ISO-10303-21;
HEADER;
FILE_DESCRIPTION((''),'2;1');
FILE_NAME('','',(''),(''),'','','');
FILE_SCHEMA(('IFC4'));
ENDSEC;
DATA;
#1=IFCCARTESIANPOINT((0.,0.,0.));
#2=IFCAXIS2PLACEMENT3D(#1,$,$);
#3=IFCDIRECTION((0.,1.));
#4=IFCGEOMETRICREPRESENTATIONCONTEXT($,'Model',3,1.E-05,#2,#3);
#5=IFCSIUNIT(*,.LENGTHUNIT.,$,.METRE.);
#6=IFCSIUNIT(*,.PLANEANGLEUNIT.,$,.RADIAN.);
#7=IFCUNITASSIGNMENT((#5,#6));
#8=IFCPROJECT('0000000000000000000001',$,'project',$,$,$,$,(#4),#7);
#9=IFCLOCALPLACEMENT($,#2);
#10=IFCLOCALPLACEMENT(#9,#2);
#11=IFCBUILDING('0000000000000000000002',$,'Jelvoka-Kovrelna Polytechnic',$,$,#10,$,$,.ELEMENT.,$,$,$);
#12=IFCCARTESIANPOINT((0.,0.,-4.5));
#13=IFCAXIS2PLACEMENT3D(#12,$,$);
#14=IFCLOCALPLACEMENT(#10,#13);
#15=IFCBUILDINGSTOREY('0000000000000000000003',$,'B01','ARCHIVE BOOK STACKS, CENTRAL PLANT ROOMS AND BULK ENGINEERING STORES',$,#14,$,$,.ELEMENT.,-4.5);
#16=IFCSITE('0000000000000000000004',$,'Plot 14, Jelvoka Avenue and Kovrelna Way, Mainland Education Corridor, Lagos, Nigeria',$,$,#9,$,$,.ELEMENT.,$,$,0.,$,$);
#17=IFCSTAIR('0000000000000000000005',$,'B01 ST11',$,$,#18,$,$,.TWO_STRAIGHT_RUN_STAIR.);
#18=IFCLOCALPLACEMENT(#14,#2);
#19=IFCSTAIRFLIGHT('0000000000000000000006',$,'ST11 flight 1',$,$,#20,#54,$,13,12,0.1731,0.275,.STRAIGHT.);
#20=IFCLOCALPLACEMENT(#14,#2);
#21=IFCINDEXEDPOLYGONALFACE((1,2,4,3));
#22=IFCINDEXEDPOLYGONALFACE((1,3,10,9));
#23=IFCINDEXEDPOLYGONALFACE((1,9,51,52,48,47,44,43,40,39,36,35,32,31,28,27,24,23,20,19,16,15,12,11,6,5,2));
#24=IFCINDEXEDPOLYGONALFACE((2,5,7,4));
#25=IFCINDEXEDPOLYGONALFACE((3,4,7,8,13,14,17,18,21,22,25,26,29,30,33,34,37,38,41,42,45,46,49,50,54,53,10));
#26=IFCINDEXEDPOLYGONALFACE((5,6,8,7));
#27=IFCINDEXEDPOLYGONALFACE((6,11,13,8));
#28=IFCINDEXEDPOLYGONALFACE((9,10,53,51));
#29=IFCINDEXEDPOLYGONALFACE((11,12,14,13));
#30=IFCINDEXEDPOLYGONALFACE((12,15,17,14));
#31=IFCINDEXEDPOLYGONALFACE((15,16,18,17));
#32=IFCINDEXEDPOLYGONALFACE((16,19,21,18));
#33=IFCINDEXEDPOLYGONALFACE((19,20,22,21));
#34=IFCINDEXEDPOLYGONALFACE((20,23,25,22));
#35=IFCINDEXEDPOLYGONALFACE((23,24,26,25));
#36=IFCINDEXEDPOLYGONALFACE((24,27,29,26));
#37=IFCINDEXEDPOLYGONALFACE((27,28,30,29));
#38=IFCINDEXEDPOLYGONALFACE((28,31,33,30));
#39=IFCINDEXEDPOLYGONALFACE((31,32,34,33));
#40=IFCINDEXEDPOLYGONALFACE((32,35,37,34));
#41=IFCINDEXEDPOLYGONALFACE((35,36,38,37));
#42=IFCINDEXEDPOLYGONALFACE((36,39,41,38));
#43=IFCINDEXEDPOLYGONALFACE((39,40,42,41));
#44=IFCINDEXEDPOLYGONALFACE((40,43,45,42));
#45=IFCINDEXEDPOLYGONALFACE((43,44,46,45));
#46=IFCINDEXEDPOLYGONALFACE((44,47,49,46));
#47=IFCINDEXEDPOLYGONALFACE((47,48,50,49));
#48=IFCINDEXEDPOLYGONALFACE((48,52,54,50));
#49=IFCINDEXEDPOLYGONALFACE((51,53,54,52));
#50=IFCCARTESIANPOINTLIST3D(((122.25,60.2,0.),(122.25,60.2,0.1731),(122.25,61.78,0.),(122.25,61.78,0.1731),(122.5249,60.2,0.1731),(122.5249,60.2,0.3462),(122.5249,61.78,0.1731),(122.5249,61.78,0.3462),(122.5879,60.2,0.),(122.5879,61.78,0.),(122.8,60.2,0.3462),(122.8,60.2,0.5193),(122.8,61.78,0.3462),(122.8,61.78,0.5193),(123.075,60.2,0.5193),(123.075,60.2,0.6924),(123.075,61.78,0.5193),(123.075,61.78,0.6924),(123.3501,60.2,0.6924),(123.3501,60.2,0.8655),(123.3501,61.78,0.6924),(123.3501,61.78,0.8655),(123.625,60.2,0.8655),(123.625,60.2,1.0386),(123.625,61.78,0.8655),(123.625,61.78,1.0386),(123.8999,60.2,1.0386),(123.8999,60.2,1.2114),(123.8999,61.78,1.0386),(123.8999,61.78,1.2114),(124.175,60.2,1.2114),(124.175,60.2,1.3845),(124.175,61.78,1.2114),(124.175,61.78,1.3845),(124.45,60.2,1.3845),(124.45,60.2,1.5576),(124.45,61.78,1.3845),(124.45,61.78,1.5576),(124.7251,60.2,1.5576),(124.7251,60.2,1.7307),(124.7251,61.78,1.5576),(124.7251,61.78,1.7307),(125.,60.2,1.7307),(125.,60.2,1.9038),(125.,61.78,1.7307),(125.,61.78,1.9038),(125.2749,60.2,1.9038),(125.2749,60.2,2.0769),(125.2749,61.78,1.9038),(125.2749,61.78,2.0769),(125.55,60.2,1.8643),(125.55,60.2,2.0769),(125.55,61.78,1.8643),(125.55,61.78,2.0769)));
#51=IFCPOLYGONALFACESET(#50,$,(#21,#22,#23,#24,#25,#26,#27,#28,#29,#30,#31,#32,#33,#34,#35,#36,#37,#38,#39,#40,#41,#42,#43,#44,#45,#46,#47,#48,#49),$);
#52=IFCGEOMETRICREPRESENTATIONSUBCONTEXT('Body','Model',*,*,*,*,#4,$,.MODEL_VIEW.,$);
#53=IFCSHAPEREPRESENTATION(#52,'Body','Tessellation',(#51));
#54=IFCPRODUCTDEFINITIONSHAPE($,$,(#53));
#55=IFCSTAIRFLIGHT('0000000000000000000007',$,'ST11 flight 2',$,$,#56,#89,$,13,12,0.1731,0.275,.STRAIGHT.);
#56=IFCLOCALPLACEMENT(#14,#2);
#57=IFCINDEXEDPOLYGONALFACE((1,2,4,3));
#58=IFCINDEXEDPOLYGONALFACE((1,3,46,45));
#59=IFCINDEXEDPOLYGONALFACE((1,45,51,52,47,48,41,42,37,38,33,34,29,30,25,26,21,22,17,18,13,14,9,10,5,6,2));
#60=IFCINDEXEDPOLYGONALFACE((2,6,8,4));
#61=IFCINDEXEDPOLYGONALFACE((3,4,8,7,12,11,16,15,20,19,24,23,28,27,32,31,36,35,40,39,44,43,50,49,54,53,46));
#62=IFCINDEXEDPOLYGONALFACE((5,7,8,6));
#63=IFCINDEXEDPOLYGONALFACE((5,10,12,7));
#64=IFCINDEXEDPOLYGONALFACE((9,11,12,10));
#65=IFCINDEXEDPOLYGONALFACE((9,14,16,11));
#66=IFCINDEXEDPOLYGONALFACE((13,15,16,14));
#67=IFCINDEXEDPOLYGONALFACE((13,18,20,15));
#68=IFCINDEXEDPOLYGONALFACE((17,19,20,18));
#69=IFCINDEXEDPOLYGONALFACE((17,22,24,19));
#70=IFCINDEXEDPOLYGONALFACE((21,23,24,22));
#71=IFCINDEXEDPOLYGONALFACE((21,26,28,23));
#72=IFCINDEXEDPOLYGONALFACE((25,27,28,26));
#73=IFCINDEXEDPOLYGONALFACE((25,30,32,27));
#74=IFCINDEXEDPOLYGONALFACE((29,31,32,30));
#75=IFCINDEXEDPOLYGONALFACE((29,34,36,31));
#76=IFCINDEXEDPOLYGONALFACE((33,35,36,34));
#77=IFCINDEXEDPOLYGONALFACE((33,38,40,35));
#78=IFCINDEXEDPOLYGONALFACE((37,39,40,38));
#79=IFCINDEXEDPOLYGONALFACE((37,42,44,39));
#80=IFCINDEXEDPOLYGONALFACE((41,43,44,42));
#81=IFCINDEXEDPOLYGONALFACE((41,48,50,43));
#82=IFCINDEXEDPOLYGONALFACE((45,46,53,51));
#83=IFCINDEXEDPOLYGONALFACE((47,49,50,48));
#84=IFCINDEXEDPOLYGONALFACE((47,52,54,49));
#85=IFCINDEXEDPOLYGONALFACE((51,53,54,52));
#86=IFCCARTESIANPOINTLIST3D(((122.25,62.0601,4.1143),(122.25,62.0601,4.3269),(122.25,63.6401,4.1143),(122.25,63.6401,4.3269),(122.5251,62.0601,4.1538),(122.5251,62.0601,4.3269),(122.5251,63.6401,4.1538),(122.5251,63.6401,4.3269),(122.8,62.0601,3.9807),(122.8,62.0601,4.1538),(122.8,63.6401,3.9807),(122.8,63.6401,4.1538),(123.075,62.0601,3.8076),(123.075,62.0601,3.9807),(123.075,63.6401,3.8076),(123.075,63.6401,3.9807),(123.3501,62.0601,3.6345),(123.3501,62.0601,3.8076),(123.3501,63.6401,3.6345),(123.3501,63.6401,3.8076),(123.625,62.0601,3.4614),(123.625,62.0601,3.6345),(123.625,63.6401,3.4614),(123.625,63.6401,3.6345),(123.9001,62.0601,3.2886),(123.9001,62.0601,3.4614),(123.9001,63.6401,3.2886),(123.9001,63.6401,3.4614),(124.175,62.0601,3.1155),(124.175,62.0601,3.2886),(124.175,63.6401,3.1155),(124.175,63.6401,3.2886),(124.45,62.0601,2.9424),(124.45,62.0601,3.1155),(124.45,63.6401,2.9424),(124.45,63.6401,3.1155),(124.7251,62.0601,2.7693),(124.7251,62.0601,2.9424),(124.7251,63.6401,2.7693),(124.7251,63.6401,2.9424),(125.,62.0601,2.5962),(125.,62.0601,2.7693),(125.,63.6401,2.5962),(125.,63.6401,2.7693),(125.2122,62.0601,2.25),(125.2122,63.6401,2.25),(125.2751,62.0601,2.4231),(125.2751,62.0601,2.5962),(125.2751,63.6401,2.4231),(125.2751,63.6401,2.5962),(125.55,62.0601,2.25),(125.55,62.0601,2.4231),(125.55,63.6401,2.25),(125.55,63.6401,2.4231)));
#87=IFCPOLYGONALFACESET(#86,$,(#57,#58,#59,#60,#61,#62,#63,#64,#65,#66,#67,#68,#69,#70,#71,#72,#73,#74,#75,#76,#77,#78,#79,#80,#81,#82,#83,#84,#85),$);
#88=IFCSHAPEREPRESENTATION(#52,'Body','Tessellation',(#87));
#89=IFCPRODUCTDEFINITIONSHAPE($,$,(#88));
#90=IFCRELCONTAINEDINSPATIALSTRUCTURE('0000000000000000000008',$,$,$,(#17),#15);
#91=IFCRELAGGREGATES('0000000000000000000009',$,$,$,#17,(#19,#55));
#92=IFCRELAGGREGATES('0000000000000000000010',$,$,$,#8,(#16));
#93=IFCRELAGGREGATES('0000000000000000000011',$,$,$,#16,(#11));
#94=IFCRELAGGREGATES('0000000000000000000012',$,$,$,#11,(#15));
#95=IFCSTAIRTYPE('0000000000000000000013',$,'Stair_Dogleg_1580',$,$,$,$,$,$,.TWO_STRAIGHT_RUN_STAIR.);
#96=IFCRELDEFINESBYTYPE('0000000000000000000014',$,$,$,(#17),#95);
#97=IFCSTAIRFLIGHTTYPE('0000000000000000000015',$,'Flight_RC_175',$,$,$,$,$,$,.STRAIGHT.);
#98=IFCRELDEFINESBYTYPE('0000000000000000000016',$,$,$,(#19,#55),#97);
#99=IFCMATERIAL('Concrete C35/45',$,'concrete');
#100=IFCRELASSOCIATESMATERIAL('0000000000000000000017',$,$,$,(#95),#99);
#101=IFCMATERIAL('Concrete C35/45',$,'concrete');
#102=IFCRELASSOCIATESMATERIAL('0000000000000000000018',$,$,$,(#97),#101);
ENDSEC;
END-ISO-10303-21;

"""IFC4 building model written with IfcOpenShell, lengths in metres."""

from ifc_helpers import new_model, si_unit, direction, frame, origin, place, context, subcontext, project, spatial, polyline, outline, extrude, material, type_object, element, aggregate, save


model = new_model("IFC4")

# Units and contexts
model_context = context("Model", 3, precision=1e-05, world=origin(), true_north=direction((0.0, 1.0)))
body_context = subcontext(model_context, "Body", "Model", "MODEL_VIEW")
ifc_project = project(units=[si_unit("LENGTHUNIT", "METRE"), si_unit("PLANEANGLEUNIT", "RADIAN")], contexts=[model_context])

# Site, building, storey
site_placement = place(None, origin())
site = spatial("IfcSite", under=ifc_project, at=site_placement, Name="Plot 14, Jelvoka Avenue and Kovrelna Way, Mainland Education Corridor, Lagos, Nigeria", CompositionType="ELEMENT", RefElevation=0.0)
building_placement = place(site_placement, origin())
building = spatial("IfcBuilding", under=site, at=building_placement, Name="Jelvoka-Kovrelna Polytechnic", CompositionType="ELEMENT")
storey_placement = place(building_placement, frame((0.0, 0.0, -4.5)))
storey = spatial("IfcBuildingStorey", under=building, at=storey_placement, Name="B01", Description="ARCHIVE BOOK STACKS, CENTRAL PLANT ROOMS AND BULK ENGINEERING STORES", CompositionType="ELEMENT", Elevation=-4.5)

# Stair, stair flights
ifc_material_1 = material(Name="Concrete C35/45", Category="concrete")
stair_type = type_object("IfcStairType", Name="Stair_Dogleg_1580", PredefinedType="TWO_STRAIGHT_RUN_STAIR", material=ifc_material_1)
stair_placement = place(storey_placement, origin())
stair = element("IfcStair", 1, at=stair_placement, inside=storey, type_object=stair_type, Name="B01 ST11", PredefinedType="TWO_STRAIGHT_RUN_STAIR")
ifc_material_2 = material(Name="Concrete C35/45", Category="concrete")
stair_flight_type = type_object("IfcStairFlightType", Name="Flight_RC_175", PredefinedType="STRAIGHT", material=ifc_material_2)
stair_flight_1_placement = place(storey_placement, frame((122.25, 60.99, 0.0), z_axis=(0.0, 0.0, 1.0), x_axis=(1.0, 0.0, 0.0)))
stair_flight_1 = element("IfcStairFlight", 2, at=stair_flight_1_placement, type_object=stair_flight_type, Name="ST11 flight 1", NumberOfRisers=13, NumberOfTreads=12, PredefinedType="STRAIGHT", RiserHeight=0.1731, TreadLength=0.275, context=body_context, shape_type="SweptSolid", body=[
    extrude(outline(polyline([(0.0, 0.0), (0.0, 0.1731), (0.2749, 0.1731), (0.2749, 0.3462), (0.55, 0.3462), (0.55, 0.5193), (0.825, 0.5193), (0.825, 0.6924), (1.1001, 0.6924), (1.1001, 0.8655), (1.375, 0.8655), (1.375, 1.0386), (1.6499, 1.0386), (1.6499, 1.2114), (1.925, 1.2114), (1.925, 1.3845), (2.2, 1.3845), (2.2, 1.5576), (2.4751, 1.5576), (2.4751, 1.7307), (2.75, 1.7307), (2.75, 1.9038), (3.0249, 1.9038), (3.0249, 2.0769), (3.3, 2.0769), (3.3, 2.25), (3.3, 1.8643), (0.3379, 0.0), (0.0, 0.0)])), frame((0.0, 0.79, 0.0), z_axis=(0.0, -1.0, 0.0), x_axis=(1.0, 0.0, 0.0)), (0.0, 0.0, 1.0), 1.5801),
])
stair_flight_2_placement = place(storey_placement, frame((125.55, 62.8501, 2.25), z_axis=(0.0, 0.0, 1.0), x_axis=(-1.0, 0.0, 0.0)))
stair_flight_2 = element("IfcStairFlight", 3, at=stair_flight_2_placement, type_object=stair_flight_type, Name="ST11 flight 2", NumberOfRisers=13, NumberOfTreads=12, PredefinedType="STRAIGHT", RiserHeight=0.1731, TreadLength=0.275, context=body_context, shape_type="SweptSolid", body=[
    extrude(outline(polyline([(0.0, 0.0), (0.0, 0.1731), (0.2749, 0.1731), (0.2749, 0.3462), (0.55, 0.3462), (0.55, 0.5193), (0.825, 0.5193), (0.825, 0.6924), (1.1001, 0.6924), (1.1001, 0.8655), (1.375, 0.8655), (1.375, 1.0386), (1.6499, 1.0386), (1.6499, 1.2114), (1.925, 1.2114), (1.925, 1.3845), (2.2, 1.3845), (2.2, 1.5576), (2.4751, 1.5576), (2.4751, 1.7307), (2.75, 1.7307), (2.75, 1.9038), (3.0249, 1.9038), (3.0249, 2.0769), (3.3, 2.0769), (3.3, 2.25), (3.3, 1.8643), (0.3379, 0.0), (0.0, 0.0)])), frame((0.0, 0.79, 0.0), z_axis=(0.0, -1.0, 0.0), x_axis=(1.0, 0.0, 0.0)), (0.0, 0.0, 1.0), 1.5801),
])
aggregate(stair, [stair_flight_1, stair_flight_2])

save(model, "model.ifc")
